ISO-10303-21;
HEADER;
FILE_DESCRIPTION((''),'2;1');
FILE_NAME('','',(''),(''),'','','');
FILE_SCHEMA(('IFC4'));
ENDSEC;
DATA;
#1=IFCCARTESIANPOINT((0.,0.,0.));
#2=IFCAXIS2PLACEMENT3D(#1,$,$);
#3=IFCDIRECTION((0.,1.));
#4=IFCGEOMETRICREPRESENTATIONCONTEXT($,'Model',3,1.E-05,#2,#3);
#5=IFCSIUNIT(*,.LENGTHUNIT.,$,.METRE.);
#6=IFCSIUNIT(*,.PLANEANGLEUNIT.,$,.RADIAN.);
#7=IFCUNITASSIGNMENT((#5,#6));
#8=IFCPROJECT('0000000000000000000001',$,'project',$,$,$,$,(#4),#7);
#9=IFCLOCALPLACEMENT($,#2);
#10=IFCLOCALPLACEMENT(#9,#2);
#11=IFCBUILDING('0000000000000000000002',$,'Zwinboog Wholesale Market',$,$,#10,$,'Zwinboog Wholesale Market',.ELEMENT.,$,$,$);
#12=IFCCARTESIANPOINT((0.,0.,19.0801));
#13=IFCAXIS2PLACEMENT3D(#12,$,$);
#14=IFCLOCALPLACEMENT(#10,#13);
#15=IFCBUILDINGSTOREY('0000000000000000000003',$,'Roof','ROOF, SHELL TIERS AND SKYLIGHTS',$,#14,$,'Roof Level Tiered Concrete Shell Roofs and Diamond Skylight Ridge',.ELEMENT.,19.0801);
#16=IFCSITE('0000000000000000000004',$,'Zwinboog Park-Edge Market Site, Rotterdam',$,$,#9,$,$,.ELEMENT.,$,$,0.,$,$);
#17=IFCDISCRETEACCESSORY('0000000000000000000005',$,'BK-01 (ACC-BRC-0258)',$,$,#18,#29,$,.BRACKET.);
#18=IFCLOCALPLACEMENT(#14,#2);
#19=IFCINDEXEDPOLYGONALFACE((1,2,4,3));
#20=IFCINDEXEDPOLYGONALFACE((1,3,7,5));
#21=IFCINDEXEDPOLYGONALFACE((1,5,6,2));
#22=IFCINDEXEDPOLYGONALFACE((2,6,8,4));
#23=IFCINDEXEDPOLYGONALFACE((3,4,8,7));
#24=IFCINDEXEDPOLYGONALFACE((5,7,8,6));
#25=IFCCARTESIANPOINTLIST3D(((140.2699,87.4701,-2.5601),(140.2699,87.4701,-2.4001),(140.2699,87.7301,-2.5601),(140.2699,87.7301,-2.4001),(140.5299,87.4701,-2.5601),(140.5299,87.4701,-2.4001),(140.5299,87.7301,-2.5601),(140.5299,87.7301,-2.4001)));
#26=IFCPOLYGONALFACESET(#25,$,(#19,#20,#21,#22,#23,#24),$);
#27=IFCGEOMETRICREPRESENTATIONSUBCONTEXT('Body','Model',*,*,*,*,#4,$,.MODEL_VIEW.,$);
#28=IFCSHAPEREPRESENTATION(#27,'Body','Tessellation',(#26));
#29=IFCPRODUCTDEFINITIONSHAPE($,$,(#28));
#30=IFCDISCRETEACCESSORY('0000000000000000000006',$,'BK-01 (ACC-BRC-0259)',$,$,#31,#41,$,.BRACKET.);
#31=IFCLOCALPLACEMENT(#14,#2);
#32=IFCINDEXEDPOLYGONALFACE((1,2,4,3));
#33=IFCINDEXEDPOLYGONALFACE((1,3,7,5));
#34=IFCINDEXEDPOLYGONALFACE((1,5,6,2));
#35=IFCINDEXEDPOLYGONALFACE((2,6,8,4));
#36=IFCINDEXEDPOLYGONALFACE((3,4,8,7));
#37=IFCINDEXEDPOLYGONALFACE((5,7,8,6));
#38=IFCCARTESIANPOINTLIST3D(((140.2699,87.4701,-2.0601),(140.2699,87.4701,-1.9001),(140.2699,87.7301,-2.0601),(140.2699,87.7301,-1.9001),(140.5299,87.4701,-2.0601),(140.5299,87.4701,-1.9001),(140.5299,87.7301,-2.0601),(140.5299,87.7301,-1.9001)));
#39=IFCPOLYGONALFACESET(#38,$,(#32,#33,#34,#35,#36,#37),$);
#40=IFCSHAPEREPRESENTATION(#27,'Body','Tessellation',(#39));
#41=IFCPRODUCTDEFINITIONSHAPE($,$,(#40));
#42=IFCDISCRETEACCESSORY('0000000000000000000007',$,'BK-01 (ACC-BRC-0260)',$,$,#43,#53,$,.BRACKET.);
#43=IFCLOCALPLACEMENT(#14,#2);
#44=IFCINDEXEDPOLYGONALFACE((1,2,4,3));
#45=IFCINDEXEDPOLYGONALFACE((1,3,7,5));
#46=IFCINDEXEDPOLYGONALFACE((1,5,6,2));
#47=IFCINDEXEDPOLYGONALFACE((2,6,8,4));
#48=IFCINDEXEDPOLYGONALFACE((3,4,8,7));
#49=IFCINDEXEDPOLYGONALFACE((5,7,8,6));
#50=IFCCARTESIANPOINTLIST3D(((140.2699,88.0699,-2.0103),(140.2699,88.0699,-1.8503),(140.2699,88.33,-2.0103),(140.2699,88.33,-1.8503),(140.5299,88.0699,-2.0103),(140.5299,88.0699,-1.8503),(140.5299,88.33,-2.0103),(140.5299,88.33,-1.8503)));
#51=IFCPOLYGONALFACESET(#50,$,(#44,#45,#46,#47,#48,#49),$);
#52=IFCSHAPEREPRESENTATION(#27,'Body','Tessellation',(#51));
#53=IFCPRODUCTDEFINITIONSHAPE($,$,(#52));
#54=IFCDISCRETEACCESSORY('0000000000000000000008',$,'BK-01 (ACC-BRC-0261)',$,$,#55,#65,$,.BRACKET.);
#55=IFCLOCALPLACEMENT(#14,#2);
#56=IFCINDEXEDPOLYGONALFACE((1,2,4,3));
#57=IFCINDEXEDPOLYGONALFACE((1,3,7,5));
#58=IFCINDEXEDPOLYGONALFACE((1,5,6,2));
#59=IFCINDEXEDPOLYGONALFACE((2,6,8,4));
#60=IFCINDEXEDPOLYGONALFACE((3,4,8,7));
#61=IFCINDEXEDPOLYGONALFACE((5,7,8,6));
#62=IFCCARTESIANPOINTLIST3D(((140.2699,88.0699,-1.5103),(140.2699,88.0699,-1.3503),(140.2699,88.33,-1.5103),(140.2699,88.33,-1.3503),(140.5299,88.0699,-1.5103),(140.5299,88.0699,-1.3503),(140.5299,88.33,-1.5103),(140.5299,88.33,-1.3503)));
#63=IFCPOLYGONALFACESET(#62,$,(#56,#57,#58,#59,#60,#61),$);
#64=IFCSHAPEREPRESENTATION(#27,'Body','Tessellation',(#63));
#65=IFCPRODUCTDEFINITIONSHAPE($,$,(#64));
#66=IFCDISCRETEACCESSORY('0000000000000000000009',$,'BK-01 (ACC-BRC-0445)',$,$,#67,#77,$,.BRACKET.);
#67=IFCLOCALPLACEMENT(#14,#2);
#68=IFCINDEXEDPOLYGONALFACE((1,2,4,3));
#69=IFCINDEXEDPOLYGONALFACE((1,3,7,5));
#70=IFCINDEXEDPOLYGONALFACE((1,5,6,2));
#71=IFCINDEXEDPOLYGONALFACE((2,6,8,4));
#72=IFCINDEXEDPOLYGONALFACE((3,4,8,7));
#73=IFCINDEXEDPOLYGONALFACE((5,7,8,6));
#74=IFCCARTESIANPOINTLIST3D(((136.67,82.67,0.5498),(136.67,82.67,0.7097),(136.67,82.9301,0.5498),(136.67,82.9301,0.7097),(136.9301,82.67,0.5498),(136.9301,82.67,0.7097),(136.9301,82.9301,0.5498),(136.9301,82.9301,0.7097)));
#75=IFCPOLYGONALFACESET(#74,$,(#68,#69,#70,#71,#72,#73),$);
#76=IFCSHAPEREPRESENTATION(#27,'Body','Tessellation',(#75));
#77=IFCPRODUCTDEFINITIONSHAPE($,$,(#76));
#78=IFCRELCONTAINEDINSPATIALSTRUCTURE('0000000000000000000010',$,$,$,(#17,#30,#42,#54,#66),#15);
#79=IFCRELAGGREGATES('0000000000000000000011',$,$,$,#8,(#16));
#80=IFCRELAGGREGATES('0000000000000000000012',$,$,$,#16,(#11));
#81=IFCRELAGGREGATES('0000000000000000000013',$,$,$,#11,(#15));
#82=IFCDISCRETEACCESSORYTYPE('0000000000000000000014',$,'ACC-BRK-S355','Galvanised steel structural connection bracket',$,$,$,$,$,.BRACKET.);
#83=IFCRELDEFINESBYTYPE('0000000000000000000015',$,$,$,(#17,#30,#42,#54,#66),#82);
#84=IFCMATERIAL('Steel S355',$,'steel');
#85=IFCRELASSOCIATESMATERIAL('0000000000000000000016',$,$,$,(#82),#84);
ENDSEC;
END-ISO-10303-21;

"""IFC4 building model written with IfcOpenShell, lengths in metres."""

from ifc_helpers import new_model, si_unit, direction, frame, origin, origin_2d, place, context, subcontext, project, spatial, rectangle, extrude, material, type_object, element, save


model = new_model("IFC4")

# Units and contexts
model_context = context("Model", 3, precision=1e-05, world=origin(), true_north=direction((0.0, 1.0)))
body_context = subcontext(model_context, "Body", "Model", "MODEL_VIEW")
ifc_project = project(units=[si_unit("LENGTHUNIT", "METRE"), si_unit("PLANEANGLEUNIT", "RADIAN")], contexts=[model_context])

# Site, building, storey
site_placement = place(None, origin())
site = spatial("IfcSite", under=ifc_project, at=site_placement, Name="Zwinboog Park-Edge Market Site, Rotterdam", CompositionType="ELEMENT", RefElevation=0.0)
building_placement = place(site_placement, origin())
building = spatial("IfcBuilding", under=site, at=building_placement, Name="Zwinboog Wholesale Market", LongName="Zwinboog Wholesale Market", CompositionType="ELEMENT")
storey_placement = place(building_placement, frame((0.0, 0.0, 19.0801)))
storey = spatial("IfcBuildingStorey", under=building, at=storey_placement, Name="Roof", Description="ROOF, SHELL TIERS AND SKYLIGHTS", LongName="Roof Level Tiered Concrete Shell Roofs and Diamond Skylight Ridge", CompositionType="ELEMENT", Elevation=19.0801)

# Shared definitions
ifc_material_1 = material(Name="Steel S355", Category="steel")

# Discrete accessories
discrete_accessory_type = type_object("IfcDiscreteAccessoryType", Name="ACC-BRK-S355", Description="Galvanised steel structural connection bracket", PredefinedType="BRACKET", material=ifc_material_1)
for number, where, z_axis, x_axis, name in (
    (1, (140.3999, 87.6001, -2.5601), (0.0, 0.0, 1.0), (1.0, 0.0, 0.0), "BK-01 (ACC-BRC-0258)"),
    (2, (140.3999, 87.6001, -2.0601), (0.0, 0.0, 1.0), (1.0, 0.0, 0.0), "BK-01 (ACC-BRC-0259)"),
    (3, (140.3999, 88.2, -2.0103), (0.0, 0.0, 1.0), (1.0, 0.0, 0.0), "BK-01 (ACC-BRC-0260)"),
    (4, (140.3999, 88.2, -1.5103), (0.0, 0.0, 1.0), (1.0, 0.0, 0.0), "BK-01 (ACC-BRC-0261)"),
    (5, (136.8, 82.8, 0.5498), (0.0, 0.0, 1.0), (1.0, 0.0, 0.0), "BK-01 (ACC-BRC-0445)"),
):
    element("IfcDiscreteAccessory", number, at=place(storey_placement, frame(where, z_axis=z_axis, x_axis=x_axis)), inside=storey, type_object=discrete_accessory_type, Name=name, PredefinedType="BRACKET", context=body_context, shape_type="SweptSolid", body=[
        extrude(rectangle(XDim=0.26, YDim=0.26, at=origin_2d()), origin(), (0.0, 0.0, 1.0), 0.1599),
    ])

save(model, "model.ifc")
